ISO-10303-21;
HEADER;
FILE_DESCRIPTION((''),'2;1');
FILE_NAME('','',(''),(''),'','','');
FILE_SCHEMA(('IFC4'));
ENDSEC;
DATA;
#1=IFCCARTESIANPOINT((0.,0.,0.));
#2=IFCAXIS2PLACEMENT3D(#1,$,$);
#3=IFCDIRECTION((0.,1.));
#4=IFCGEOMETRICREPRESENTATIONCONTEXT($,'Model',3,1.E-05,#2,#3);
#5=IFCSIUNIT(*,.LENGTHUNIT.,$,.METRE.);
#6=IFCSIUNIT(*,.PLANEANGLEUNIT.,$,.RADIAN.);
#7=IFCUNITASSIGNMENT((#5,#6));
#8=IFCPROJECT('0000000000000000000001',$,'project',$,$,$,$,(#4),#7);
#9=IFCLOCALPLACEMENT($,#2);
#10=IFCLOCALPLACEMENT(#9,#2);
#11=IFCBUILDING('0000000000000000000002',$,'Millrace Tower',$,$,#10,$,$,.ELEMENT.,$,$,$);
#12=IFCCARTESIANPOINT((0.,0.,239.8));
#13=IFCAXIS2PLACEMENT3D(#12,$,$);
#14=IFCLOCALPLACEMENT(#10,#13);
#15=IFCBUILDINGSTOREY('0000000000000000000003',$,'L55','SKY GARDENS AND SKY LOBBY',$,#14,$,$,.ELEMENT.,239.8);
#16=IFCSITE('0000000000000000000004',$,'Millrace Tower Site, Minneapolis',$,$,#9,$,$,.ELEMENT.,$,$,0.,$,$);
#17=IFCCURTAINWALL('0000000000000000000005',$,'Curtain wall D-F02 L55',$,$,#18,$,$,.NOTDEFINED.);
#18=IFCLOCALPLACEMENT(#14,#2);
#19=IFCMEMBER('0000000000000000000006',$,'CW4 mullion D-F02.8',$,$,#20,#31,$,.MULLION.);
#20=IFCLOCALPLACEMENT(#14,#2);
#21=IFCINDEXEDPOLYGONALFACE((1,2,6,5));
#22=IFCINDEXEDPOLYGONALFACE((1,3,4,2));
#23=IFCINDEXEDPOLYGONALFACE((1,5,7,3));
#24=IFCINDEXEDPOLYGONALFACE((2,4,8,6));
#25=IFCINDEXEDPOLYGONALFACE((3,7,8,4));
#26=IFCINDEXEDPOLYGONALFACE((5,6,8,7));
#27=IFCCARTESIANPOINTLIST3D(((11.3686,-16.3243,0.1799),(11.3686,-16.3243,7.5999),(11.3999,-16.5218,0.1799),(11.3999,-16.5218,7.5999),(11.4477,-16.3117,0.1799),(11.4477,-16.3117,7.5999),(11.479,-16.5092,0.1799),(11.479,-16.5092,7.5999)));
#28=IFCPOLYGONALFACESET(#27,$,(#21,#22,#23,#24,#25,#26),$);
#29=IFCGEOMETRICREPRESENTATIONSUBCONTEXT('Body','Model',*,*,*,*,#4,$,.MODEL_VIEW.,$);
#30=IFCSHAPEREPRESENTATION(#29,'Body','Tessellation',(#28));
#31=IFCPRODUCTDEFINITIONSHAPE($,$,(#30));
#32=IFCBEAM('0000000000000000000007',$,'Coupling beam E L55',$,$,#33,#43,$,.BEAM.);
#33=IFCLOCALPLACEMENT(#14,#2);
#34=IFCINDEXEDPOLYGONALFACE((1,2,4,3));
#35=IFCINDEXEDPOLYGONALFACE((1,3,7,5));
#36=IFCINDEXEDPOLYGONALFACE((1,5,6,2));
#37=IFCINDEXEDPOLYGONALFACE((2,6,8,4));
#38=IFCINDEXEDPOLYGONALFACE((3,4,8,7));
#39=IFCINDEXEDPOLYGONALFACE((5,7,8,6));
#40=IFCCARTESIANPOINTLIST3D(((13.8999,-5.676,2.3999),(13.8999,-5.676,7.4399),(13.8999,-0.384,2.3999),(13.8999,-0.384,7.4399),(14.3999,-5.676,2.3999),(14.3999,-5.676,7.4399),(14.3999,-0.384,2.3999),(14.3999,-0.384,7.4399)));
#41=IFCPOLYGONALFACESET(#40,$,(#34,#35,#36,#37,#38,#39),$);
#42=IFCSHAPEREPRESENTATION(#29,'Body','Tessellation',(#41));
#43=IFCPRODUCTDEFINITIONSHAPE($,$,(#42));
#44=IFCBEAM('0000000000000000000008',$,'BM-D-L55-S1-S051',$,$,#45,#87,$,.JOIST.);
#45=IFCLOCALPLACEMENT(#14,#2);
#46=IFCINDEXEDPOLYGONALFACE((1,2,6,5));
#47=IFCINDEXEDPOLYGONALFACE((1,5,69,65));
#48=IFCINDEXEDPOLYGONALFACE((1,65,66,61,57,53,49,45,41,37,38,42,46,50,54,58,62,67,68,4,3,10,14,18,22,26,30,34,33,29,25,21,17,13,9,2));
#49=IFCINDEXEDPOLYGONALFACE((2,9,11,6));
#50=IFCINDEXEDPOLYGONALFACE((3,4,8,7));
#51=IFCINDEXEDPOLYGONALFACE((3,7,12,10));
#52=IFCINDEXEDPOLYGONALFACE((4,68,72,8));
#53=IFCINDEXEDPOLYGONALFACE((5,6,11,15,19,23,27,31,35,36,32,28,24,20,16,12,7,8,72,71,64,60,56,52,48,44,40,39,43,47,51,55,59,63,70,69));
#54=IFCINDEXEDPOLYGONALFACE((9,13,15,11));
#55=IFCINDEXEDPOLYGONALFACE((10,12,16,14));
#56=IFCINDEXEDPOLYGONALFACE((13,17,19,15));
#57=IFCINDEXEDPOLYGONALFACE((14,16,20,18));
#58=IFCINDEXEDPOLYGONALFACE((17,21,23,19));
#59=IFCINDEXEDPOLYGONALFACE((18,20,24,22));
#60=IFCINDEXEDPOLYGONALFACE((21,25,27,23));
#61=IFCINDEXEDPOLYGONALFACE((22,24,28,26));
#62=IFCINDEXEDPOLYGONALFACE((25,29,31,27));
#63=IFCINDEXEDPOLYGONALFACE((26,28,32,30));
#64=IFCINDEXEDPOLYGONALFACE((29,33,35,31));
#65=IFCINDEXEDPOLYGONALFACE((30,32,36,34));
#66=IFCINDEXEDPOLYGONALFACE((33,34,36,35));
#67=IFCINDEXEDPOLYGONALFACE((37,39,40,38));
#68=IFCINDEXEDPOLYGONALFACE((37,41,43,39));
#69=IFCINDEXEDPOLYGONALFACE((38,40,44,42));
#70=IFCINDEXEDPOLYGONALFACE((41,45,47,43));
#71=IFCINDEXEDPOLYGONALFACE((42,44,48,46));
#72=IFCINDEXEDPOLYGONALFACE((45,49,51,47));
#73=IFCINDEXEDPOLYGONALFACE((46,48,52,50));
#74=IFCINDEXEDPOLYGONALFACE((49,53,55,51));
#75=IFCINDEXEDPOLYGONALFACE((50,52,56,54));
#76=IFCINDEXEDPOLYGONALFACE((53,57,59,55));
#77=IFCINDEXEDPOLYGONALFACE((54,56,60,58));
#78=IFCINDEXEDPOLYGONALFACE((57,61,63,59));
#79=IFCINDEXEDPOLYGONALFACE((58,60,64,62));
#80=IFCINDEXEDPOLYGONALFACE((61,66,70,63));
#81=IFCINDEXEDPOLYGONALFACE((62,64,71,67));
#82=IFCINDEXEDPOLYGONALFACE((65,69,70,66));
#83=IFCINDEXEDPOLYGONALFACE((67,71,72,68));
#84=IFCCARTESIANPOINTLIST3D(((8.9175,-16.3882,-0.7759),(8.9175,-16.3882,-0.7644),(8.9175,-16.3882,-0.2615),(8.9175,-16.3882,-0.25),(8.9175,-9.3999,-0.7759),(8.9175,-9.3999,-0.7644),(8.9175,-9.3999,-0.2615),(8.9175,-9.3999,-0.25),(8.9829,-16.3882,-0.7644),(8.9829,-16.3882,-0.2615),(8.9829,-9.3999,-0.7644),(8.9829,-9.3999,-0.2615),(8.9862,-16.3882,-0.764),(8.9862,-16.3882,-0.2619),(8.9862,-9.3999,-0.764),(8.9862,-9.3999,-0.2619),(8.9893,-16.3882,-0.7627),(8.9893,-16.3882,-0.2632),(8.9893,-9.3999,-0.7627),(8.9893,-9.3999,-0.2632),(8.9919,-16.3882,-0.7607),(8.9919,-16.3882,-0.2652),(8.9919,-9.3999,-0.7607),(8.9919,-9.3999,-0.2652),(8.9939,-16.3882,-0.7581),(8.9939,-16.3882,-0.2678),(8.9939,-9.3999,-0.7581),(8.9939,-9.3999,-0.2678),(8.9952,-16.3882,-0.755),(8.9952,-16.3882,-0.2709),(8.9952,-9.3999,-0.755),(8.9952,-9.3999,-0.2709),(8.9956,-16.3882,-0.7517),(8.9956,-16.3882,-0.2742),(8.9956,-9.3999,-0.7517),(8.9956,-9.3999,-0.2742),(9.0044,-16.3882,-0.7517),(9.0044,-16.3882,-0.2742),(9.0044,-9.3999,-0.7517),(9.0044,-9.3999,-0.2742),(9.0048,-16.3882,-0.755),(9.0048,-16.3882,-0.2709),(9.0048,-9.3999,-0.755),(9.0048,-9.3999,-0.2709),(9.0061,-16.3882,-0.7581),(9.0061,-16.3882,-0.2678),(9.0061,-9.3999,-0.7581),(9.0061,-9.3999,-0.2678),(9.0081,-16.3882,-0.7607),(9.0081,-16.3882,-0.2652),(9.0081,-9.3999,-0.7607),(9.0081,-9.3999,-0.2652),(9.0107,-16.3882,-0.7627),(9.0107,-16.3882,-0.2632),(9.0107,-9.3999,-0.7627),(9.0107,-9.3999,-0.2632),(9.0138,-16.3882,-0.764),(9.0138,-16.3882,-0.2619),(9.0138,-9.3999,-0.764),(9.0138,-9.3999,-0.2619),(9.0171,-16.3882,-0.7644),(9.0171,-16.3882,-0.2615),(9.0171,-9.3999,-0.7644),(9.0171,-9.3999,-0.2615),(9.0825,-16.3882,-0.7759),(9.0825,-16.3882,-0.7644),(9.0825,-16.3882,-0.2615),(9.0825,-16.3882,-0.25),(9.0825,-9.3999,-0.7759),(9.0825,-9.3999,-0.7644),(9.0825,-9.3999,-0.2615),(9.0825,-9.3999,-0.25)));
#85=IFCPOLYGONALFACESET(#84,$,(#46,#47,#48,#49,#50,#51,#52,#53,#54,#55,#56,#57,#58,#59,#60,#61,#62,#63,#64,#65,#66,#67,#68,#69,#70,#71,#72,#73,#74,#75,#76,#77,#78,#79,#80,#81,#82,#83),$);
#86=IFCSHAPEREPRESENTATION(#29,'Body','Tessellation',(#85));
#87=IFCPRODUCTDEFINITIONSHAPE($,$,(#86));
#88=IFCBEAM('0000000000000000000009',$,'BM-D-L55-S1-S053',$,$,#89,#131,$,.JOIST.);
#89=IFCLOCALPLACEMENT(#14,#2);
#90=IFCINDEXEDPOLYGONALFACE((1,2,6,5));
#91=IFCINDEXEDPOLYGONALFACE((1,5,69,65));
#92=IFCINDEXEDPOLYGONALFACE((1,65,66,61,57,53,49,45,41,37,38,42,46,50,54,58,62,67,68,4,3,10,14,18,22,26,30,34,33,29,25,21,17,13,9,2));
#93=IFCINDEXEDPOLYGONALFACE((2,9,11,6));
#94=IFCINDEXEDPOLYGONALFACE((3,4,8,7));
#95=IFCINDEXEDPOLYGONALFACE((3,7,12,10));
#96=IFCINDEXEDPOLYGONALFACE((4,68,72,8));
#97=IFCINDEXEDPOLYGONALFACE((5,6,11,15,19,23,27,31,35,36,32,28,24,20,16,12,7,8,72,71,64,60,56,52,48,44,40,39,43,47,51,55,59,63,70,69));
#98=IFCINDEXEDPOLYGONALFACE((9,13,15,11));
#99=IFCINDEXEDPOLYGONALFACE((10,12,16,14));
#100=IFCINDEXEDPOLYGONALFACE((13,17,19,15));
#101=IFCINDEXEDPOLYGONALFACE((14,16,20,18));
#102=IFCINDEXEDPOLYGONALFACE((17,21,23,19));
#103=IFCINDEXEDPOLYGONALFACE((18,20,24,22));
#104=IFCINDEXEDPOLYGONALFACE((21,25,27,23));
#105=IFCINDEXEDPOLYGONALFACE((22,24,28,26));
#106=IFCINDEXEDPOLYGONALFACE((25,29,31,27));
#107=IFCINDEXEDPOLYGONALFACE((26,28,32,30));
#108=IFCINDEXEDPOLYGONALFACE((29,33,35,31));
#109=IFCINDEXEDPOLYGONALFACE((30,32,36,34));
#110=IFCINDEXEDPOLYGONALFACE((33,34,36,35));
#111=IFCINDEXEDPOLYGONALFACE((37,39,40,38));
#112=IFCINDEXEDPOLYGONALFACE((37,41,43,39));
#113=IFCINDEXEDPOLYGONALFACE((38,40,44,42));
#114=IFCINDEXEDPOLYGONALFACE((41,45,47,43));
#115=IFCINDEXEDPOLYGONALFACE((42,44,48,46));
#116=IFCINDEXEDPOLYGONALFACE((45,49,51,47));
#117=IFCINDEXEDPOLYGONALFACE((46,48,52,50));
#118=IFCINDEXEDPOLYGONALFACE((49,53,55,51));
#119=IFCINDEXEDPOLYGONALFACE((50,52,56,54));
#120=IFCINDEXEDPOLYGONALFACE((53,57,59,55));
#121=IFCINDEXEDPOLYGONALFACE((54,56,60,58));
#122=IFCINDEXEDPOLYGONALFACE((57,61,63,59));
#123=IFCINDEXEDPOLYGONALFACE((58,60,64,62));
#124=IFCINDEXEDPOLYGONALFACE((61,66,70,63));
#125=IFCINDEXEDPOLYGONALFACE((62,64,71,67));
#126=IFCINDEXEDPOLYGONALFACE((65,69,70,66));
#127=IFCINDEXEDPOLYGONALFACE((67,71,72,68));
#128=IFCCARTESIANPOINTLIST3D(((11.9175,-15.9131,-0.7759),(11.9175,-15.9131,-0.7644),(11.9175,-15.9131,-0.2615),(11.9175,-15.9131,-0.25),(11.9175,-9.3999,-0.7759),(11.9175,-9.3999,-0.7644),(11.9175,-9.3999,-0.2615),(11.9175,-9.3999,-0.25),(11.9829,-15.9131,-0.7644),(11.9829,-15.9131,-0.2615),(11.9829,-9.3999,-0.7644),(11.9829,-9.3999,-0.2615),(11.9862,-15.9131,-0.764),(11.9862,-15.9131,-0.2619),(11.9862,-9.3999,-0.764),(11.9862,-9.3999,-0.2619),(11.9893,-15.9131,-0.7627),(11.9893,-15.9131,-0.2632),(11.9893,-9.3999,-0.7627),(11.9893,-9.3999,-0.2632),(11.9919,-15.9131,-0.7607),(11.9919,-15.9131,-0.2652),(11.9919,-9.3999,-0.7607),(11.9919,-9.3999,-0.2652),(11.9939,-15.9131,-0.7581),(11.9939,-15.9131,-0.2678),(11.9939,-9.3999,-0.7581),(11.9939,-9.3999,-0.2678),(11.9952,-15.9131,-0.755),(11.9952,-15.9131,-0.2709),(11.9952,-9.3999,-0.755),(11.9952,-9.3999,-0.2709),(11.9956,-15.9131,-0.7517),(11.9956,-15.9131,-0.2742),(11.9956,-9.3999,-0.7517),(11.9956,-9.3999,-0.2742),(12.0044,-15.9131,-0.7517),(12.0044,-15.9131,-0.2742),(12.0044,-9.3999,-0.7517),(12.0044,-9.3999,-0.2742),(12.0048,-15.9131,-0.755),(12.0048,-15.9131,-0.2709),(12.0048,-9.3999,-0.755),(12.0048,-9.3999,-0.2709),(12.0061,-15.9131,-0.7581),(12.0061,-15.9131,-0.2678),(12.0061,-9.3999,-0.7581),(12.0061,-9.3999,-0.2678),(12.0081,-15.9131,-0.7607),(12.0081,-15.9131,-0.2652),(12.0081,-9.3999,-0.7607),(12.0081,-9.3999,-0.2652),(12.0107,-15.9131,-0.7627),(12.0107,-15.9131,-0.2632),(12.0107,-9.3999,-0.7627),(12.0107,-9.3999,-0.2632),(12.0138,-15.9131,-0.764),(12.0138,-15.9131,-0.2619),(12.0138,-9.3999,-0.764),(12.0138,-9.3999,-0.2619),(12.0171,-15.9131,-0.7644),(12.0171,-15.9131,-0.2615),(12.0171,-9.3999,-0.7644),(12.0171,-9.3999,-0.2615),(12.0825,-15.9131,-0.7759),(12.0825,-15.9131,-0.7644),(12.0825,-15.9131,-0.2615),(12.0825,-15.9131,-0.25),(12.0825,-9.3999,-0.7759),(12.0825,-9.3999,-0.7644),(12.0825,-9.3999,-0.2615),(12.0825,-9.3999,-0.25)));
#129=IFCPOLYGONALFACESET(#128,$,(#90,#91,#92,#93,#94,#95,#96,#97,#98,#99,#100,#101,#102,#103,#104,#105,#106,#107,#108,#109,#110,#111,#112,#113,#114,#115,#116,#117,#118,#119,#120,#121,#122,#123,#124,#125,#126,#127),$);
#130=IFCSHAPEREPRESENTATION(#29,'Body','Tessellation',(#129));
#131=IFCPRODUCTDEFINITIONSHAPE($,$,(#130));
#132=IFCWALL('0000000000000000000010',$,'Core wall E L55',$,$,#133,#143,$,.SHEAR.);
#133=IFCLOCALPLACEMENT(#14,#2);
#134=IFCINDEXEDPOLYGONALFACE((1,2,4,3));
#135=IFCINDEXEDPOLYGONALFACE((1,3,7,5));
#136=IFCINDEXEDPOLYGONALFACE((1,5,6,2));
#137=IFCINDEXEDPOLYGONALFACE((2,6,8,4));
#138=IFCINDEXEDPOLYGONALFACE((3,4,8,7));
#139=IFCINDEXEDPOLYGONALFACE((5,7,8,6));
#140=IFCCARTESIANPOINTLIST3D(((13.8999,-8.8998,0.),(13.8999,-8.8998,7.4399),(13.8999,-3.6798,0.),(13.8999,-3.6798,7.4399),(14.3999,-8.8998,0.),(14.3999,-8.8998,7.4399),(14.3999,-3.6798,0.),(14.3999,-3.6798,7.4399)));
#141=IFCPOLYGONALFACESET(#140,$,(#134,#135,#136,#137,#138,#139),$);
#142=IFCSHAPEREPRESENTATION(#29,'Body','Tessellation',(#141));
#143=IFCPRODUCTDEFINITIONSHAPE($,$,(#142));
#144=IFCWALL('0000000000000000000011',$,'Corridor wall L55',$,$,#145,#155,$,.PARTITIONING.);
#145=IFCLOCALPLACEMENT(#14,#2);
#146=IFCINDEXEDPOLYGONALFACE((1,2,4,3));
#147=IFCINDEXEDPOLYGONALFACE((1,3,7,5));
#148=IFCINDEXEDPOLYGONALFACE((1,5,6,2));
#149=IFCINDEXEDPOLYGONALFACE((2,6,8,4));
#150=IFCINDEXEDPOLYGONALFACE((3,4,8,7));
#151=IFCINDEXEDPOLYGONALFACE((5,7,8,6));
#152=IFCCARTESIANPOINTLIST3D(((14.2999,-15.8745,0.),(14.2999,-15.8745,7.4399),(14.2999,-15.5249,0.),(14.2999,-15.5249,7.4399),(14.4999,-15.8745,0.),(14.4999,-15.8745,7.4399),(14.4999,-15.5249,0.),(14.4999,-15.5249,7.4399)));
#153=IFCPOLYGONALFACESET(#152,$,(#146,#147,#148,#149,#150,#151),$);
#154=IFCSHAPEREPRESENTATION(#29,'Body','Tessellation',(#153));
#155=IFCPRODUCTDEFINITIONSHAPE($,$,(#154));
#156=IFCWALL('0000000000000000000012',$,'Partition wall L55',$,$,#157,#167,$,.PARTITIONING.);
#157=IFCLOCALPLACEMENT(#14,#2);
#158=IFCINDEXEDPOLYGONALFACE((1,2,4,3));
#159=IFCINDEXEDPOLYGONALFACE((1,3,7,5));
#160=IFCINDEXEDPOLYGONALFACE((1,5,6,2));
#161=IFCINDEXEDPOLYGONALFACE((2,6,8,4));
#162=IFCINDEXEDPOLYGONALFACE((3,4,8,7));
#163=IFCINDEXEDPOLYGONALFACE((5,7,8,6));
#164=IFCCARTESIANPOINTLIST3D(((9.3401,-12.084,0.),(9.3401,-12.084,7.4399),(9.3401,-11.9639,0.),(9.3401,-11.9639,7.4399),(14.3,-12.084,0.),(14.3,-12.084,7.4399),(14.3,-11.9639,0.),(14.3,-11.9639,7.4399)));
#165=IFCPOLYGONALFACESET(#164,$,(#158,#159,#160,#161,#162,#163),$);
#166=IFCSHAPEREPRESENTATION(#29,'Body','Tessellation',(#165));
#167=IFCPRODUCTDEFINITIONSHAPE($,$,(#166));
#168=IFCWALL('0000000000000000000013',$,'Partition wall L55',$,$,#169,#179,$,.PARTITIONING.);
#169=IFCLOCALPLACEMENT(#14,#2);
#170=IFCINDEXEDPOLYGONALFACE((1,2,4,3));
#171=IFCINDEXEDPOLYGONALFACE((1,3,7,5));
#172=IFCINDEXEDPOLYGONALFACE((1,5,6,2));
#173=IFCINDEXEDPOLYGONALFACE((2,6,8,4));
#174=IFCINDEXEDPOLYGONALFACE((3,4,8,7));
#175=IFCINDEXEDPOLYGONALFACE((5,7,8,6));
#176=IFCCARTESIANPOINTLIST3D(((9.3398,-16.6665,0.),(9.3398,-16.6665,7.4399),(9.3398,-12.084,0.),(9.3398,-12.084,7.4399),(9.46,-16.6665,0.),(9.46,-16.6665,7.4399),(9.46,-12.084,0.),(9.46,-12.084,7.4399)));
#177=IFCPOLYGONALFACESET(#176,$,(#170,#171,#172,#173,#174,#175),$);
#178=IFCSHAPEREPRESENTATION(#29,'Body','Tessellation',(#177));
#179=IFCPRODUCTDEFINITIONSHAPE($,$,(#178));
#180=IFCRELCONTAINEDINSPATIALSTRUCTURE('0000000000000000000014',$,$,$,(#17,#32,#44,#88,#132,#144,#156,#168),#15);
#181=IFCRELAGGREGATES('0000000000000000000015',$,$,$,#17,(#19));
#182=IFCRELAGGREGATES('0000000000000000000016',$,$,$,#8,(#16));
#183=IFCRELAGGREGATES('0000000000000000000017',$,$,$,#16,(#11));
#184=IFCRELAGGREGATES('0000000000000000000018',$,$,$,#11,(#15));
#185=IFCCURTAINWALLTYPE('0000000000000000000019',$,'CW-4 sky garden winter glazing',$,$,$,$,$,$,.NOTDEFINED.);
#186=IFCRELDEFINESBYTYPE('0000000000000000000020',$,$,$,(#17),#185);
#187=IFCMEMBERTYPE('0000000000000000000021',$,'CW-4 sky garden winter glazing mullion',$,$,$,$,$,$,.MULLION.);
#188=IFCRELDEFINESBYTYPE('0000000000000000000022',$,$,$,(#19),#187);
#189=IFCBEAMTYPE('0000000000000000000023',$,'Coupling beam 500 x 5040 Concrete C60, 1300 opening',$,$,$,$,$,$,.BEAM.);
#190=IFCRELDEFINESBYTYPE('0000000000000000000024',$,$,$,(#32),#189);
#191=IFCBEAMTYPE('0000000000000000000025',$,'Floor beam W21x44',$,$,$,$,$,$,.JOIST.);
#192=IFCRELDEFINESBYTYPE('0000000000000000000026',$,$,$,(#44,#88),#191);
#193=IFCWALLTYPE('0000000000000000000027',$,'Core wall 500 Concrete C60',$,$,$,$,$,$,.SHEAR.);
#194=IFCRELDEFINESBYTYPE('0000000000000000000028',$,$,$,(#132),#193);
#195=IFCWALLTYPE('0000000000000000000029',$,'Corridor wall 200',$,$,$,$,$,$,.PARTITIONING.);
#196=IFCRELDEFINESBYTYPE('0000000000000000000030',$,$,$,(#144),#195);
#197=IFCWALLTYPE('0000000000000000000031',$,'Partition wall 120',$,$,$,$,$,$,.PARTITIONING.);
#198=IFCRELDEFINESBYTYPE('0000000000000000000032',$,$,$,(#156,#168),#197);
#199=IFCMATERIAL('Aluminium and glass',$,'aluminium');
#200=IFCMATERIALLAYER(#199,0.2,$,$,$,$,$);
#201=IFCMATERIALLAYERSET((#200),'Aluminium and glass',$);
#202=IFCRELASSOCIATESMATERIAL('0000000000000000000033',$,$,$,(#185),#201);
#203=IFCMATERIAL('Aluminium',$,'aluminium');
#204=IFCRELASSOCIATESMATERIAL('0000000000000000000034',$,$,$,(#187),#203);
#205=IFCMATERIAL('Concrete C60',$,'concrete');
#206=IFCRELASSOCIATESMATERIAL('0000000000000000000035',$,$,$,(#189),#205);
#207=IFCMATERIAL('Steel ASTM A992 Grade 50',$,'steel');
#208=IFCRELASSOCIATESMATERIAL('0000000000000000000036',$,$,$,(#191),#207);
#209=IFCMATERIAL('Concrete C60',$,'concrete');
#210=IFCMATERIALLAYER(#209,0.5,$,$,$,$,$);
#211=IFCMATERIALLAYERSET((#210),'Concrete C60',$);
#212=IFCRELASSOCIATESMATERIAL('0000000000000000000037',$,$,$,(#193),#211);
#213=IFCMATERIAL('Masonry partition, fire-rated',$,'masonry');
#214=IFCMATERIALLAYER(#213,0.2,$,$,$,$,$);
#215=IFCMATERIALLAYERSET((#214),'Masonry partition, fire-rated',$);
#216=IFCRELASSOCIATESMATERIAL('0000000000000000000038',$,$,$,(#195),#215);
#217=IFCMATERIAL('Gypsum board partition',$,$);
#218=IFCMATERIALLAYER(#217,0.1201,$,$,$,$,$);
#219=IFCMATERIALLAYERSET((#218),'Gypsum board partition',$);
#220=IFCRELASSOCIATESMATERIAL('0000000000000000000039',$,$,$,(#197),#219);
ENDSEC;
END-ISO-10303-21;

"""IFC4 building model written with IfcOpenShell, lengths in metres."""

from ifc_helpers import new_model, si_unit, direction, frame, frame_2d, origin, origin_2d, place, context, subcontext, project, spatial, rectangle, i_section, extrude, material, layer, layer_set, material_profile, profile_set, type_object, element, aggregate, save


model = new_model("IFC4")

# Units and contexts
model_context = context("Model", 3, precision=1e-05, world=origin(), true_north=direction((0.0, 1.0)))
body_context = subcontext(model_context, "Body", "Model", "MODEL_VIEW")
ifc_project = project(units=[si_unit("LENGTHUNIT", "METRE"), si_unit("PLANEANGLEUNIT", "RADIAN")], contexts=[model_context])

# Site, building, storey
site_placement = place(None, origin())
site = spatial("IfcSite", under=ifc_project, at=site_placement, Name="Millrace Tower Site, Minneapolis", CompositionType="ELEMENT", RefElevation=0.0)
building_placement = place(site_placement, origin())
building = spatial("IfcBuilding", under=site, at=building_placement, Name="Millrace Tower", CompositionType="ELEMENT")
storey_placement = place(building_placement, frame((0.0, 0.0, 239.8)))
storey = spatial("IfcBuildingStorey", under=building, at=storey_placement, Name="L55", Description="SKY GARDENS AND SKY LOBBY", CompositionType="ELEMENT", Elevation=239.8)

# Curtain wall, member
ifc_material_1 = material(Name="Aluminium and glass", Category="aluminium")
ifc_layer_1 = layer(ifc_material_1, 0.2)
ifc_layer_set_1 = layer_set([ifc_layer_1], Name="Aluminium and glass")
curtain_wall_type = type_object("IfcCurtainWallType", Name="CW-4 sky garden winter glazing", PredefinedType="NOTDEFINED", material=ifc_layer_set_1)
placement = place(storey_placement, origin())
curtain_wall = element("IfcCurtainWall", 1, at=placement, inside=storey, type_object=curtain_wall_type, Name="Curtain wall D-F02 L55", PredefinedType="NOTDEFINED")
ifc_material_2 = material(Name="Aluminium", Category="aluminium")
ifc_material_profile_1 = material_profile(ifc_material_2, rectangle(XDim=0.0801, YDim=0.2, at=origin_2d()))
ifc_profile_set_1 = profile_set([ifc_material_profile_1], Name="Aluminium")
member_type = type_object("IfcMemberType", Name="CW-4 sky garden winter glazing mullion", PredefinedType="MULLION", material=ifc_profile_set_1)
member_placement = place(storey_placement, frame((11.4238, -16.4167, 0.1799), z_axis=(0.0, 0.0, 1.0), x_axis=(0.987688, 0.156434, 0.0)))
member = element("IfcMember", 2, at=member_placement, type_object=member_type, Name="CW4 mullion D-F02.8", PredefinedType="MULLION", context=body_context, shape_type="SweptSolid", body=[
    extrude(rectangle(XDim=0.0801, YDim=0.2, at=origin_2d()), origin(), (0.0, 0.0, 1.0), 7.4199),
])
aggregate(curtain_wall, [member])

# Beams
ifc_material_3 = material(Name="Concrete C60", Category="concrete")
ifc_material_profile_2 = material_profile(ifc_material_3, rectangle(XDim=0.5, YDim=5.04, at=origin_2d()))
ifc_profile_set_2 = profile_set([ifc_material_profile_2], Name="Concrete C60")
beam_type_1 = type_object("IfcBeamType", Name="Coupling beam 500 x 5040 Concrete C60, 1300 opening", PredefinedType="BEAM", material=ifc_profile_set_2)
beam_1_placement = place(storey_placement, frame((14.1499, -0.384, 4.9199), z_axis=(0.0, -1.0, 0.0), x_axis=(1.0, 0.0, 0.0)))
element("IfcBeam", 3, at=beam_1_placement, inside=storey, type_object=beam_type_1, Name="Coupling beam E L55", PredefinedType="BEAM", context=body_context, shape_type="SweptSolid", body=[
    extrude(rectangle(XDim=0.5, YDim=5.04, at=origin_2d()), origin(), (0.0, 0.0, 1.0), 5.292),
])
ifc_material_4 = material(Name="Steel ASTM A992 Grade 50", Category="steel")
ifc_material_profile_3 = material_profile(ifc_material_4, i_section(OverallWidth=0.165, OverallDepth=0.5259, WebThickness=0.0088, FlangeThickness=0.0115, FilletRadius=0.0127, at=origin_2d()))
ifc_profile_set_3 = profile_set([ifc_material_profile_3], Name="Steel ASTM A992 Grade 50")
beam_type_2 = type_object("IfcBeamType", Name="Floor beam W21x44", PredefinedType="JOIST", material=ifc_profile_set_3)
beam_2_placement = place(storey_placement, frame((9.0, -16.3882, -0.5129), z_axis=(0.0, 1.0, 0.0), x_axis=(-1.0, 0.0, 0.0)))
element("IfcBeam", 4, at=beam_2_placement, inside=storey, type_object=beam_type_2, Name="BM-D-L55-S1-S051", PredefinedType="JOIST", context=body_context, shape_type="SweptSolid", body=[
    extrude(i_section(OverallWidth=0.165, OverallDepth=0.5259, WebThickness=0.0088, FlangeThickness=0.0115, FilletRadius=0.0127, at=origin_2d()), origin(), (0.0, 0.0, 1.0), 6.9883),
])
beam_3_placement = place(storey_placement, frame((12.0, -15.9131, -0.5129), z_axis=(0.0, 1.0, 0.0), x_axis=(-1.0, 0.0, 0.0)))
element("IfcBeam", 5, at=beam_3_placement, inside=storey, type_object=beam_type_2, Name="BM-D-L55-S1-S053", PredefinedType="JOIST", context=body_context, shape_type="SweptSolid", body=[
    extrude(i_section(OverallWidth=0.165, OverallDepth=0.5259, WebThickness=0.0088, FlangeThickness=0.0115, FilletRadius=0.0127, at=origin_2d()), origin(), (0.0, 0.0, 1.0), 6.5132),
])

# Walls
ifc_material_5 = material(Name="Concrete C60", Category="concrete")
ifc_layer_2 = layer(ifc_material_5, 0.5)
ifc_layer_set_2 = layer_set([ifc_layer_2], Name="Concrete C60")
wall_type_1 = type_object("IfcWallType", Name="Core wall 500 Concrete C60", PredefinedType="SHEAR", material=ifc_layer_set_2)
wall_1_placement = place(storey_placement, frame((14.1499, -3.6799, 0.0), z_axis=(0.0, 0.0, 1.0), x_axis=(0.0, -1.0, 0.0)))
element("IfcWall", 6, at=wall_1_placement, inside=storey, type_object=wall_type_1, Name="Core wall E L55", PredefinedType="SHEAR", context=body_context, shape_type="SweptSolid", body=[
    extrude(rectangle(XDim=5.22, YDim=0.5, at=frame_2d((2.6099, 0.0))), origin(), (0.0, 0.0, 1.0), 7.4399),
])
ifc_material_6 = material(Name="Masonry partition, fire-rated", Category="masonry")
ifc_layer_3 = layer(ifc_material_6, 0.2)
ifc_layer_set_3 = layer_set([ifc_layer_3], Name="Masonry partition, fire-rated")
wall_type_2 = type_object("IfcWallType", Name="Corridor wall 200", PredefinedType="PARTITIONING", material=ifc_layer_set_3)
wall_2_placement = place(storey_placement, frame((14.3999, -15.8745, 0.0), z_axis=(0.0, 0.0, 1.0), x_axis=(0.0, 1.0, 0.0)))
element("IfcWall", 7, at=wall_2_placement, inside=storey, type_object=wall_type_2, Name="Corridor wall L55", PredefinedType="PARTITIONING", context=body_context, shape_type="SweptSolid", body=[
    extrude(rectangle(XDim=0.3496, YDim=0.2, at=frame_2d((0.1748, 0.0))), origin(), (0.0, 0.0, 1.0), 7.4399),
])
ifc_material_7 = material(Name="Gypsum board partition")
ifc_layer_4 = layer(ifc_material_7, 0.1201)
ifc_layer_set_4 = layer_set([ifc_layer_4], Name="Gypsum board partition")
wall_type_3 = type_object("IfcWallType", Name="Partition wall 120", PredefinedType="PARTITIONING", material=ifc_layer_set_4)
wall_3_placement = place(storey_placement, frame((9.3401, -12.0239, 0.0), z_axis=(0.0, 0.0, 1.0), x_axis=(1.0, 0.0, 0.0)))
element("IfcWall", 8, at=wall_3_placement, inside=storey, type_object=wall_type_3, Name="Partition wall L55", PredefinedType="PARTITIONING", context=body_context, shape_type="SweptSolid", body=[
    extrude(rectangle(XDim=4.96, YDim=0.1201, at=frame_2d((2.48, 0.0))), origin(), (0.0, 0.0, 1.0), 7.4399),
])
wall_4_placement = place(storey_placement, frame((9.3999, -16.6665, 0.0), z_axis=(0.0, 0.0, 1.0), x_axis=(0.0, 1.0, 0.0)))
element("IfcWall", 9, at=wall_4_placement, inside=storey, type_object=wall_type_3, Name="Partition wall L55", PredefinedType="PARTITIONING", context=body_context, shape_type="SweptSolid", body=[
    extrude(rectangle(XDim=4.5825, YDim=0.1201, at=frame_2d((2.2913, 0.0))), origin(), (0.0, 0.0, 1.0), 7.4399),
])

save(model, "model.ifc")
